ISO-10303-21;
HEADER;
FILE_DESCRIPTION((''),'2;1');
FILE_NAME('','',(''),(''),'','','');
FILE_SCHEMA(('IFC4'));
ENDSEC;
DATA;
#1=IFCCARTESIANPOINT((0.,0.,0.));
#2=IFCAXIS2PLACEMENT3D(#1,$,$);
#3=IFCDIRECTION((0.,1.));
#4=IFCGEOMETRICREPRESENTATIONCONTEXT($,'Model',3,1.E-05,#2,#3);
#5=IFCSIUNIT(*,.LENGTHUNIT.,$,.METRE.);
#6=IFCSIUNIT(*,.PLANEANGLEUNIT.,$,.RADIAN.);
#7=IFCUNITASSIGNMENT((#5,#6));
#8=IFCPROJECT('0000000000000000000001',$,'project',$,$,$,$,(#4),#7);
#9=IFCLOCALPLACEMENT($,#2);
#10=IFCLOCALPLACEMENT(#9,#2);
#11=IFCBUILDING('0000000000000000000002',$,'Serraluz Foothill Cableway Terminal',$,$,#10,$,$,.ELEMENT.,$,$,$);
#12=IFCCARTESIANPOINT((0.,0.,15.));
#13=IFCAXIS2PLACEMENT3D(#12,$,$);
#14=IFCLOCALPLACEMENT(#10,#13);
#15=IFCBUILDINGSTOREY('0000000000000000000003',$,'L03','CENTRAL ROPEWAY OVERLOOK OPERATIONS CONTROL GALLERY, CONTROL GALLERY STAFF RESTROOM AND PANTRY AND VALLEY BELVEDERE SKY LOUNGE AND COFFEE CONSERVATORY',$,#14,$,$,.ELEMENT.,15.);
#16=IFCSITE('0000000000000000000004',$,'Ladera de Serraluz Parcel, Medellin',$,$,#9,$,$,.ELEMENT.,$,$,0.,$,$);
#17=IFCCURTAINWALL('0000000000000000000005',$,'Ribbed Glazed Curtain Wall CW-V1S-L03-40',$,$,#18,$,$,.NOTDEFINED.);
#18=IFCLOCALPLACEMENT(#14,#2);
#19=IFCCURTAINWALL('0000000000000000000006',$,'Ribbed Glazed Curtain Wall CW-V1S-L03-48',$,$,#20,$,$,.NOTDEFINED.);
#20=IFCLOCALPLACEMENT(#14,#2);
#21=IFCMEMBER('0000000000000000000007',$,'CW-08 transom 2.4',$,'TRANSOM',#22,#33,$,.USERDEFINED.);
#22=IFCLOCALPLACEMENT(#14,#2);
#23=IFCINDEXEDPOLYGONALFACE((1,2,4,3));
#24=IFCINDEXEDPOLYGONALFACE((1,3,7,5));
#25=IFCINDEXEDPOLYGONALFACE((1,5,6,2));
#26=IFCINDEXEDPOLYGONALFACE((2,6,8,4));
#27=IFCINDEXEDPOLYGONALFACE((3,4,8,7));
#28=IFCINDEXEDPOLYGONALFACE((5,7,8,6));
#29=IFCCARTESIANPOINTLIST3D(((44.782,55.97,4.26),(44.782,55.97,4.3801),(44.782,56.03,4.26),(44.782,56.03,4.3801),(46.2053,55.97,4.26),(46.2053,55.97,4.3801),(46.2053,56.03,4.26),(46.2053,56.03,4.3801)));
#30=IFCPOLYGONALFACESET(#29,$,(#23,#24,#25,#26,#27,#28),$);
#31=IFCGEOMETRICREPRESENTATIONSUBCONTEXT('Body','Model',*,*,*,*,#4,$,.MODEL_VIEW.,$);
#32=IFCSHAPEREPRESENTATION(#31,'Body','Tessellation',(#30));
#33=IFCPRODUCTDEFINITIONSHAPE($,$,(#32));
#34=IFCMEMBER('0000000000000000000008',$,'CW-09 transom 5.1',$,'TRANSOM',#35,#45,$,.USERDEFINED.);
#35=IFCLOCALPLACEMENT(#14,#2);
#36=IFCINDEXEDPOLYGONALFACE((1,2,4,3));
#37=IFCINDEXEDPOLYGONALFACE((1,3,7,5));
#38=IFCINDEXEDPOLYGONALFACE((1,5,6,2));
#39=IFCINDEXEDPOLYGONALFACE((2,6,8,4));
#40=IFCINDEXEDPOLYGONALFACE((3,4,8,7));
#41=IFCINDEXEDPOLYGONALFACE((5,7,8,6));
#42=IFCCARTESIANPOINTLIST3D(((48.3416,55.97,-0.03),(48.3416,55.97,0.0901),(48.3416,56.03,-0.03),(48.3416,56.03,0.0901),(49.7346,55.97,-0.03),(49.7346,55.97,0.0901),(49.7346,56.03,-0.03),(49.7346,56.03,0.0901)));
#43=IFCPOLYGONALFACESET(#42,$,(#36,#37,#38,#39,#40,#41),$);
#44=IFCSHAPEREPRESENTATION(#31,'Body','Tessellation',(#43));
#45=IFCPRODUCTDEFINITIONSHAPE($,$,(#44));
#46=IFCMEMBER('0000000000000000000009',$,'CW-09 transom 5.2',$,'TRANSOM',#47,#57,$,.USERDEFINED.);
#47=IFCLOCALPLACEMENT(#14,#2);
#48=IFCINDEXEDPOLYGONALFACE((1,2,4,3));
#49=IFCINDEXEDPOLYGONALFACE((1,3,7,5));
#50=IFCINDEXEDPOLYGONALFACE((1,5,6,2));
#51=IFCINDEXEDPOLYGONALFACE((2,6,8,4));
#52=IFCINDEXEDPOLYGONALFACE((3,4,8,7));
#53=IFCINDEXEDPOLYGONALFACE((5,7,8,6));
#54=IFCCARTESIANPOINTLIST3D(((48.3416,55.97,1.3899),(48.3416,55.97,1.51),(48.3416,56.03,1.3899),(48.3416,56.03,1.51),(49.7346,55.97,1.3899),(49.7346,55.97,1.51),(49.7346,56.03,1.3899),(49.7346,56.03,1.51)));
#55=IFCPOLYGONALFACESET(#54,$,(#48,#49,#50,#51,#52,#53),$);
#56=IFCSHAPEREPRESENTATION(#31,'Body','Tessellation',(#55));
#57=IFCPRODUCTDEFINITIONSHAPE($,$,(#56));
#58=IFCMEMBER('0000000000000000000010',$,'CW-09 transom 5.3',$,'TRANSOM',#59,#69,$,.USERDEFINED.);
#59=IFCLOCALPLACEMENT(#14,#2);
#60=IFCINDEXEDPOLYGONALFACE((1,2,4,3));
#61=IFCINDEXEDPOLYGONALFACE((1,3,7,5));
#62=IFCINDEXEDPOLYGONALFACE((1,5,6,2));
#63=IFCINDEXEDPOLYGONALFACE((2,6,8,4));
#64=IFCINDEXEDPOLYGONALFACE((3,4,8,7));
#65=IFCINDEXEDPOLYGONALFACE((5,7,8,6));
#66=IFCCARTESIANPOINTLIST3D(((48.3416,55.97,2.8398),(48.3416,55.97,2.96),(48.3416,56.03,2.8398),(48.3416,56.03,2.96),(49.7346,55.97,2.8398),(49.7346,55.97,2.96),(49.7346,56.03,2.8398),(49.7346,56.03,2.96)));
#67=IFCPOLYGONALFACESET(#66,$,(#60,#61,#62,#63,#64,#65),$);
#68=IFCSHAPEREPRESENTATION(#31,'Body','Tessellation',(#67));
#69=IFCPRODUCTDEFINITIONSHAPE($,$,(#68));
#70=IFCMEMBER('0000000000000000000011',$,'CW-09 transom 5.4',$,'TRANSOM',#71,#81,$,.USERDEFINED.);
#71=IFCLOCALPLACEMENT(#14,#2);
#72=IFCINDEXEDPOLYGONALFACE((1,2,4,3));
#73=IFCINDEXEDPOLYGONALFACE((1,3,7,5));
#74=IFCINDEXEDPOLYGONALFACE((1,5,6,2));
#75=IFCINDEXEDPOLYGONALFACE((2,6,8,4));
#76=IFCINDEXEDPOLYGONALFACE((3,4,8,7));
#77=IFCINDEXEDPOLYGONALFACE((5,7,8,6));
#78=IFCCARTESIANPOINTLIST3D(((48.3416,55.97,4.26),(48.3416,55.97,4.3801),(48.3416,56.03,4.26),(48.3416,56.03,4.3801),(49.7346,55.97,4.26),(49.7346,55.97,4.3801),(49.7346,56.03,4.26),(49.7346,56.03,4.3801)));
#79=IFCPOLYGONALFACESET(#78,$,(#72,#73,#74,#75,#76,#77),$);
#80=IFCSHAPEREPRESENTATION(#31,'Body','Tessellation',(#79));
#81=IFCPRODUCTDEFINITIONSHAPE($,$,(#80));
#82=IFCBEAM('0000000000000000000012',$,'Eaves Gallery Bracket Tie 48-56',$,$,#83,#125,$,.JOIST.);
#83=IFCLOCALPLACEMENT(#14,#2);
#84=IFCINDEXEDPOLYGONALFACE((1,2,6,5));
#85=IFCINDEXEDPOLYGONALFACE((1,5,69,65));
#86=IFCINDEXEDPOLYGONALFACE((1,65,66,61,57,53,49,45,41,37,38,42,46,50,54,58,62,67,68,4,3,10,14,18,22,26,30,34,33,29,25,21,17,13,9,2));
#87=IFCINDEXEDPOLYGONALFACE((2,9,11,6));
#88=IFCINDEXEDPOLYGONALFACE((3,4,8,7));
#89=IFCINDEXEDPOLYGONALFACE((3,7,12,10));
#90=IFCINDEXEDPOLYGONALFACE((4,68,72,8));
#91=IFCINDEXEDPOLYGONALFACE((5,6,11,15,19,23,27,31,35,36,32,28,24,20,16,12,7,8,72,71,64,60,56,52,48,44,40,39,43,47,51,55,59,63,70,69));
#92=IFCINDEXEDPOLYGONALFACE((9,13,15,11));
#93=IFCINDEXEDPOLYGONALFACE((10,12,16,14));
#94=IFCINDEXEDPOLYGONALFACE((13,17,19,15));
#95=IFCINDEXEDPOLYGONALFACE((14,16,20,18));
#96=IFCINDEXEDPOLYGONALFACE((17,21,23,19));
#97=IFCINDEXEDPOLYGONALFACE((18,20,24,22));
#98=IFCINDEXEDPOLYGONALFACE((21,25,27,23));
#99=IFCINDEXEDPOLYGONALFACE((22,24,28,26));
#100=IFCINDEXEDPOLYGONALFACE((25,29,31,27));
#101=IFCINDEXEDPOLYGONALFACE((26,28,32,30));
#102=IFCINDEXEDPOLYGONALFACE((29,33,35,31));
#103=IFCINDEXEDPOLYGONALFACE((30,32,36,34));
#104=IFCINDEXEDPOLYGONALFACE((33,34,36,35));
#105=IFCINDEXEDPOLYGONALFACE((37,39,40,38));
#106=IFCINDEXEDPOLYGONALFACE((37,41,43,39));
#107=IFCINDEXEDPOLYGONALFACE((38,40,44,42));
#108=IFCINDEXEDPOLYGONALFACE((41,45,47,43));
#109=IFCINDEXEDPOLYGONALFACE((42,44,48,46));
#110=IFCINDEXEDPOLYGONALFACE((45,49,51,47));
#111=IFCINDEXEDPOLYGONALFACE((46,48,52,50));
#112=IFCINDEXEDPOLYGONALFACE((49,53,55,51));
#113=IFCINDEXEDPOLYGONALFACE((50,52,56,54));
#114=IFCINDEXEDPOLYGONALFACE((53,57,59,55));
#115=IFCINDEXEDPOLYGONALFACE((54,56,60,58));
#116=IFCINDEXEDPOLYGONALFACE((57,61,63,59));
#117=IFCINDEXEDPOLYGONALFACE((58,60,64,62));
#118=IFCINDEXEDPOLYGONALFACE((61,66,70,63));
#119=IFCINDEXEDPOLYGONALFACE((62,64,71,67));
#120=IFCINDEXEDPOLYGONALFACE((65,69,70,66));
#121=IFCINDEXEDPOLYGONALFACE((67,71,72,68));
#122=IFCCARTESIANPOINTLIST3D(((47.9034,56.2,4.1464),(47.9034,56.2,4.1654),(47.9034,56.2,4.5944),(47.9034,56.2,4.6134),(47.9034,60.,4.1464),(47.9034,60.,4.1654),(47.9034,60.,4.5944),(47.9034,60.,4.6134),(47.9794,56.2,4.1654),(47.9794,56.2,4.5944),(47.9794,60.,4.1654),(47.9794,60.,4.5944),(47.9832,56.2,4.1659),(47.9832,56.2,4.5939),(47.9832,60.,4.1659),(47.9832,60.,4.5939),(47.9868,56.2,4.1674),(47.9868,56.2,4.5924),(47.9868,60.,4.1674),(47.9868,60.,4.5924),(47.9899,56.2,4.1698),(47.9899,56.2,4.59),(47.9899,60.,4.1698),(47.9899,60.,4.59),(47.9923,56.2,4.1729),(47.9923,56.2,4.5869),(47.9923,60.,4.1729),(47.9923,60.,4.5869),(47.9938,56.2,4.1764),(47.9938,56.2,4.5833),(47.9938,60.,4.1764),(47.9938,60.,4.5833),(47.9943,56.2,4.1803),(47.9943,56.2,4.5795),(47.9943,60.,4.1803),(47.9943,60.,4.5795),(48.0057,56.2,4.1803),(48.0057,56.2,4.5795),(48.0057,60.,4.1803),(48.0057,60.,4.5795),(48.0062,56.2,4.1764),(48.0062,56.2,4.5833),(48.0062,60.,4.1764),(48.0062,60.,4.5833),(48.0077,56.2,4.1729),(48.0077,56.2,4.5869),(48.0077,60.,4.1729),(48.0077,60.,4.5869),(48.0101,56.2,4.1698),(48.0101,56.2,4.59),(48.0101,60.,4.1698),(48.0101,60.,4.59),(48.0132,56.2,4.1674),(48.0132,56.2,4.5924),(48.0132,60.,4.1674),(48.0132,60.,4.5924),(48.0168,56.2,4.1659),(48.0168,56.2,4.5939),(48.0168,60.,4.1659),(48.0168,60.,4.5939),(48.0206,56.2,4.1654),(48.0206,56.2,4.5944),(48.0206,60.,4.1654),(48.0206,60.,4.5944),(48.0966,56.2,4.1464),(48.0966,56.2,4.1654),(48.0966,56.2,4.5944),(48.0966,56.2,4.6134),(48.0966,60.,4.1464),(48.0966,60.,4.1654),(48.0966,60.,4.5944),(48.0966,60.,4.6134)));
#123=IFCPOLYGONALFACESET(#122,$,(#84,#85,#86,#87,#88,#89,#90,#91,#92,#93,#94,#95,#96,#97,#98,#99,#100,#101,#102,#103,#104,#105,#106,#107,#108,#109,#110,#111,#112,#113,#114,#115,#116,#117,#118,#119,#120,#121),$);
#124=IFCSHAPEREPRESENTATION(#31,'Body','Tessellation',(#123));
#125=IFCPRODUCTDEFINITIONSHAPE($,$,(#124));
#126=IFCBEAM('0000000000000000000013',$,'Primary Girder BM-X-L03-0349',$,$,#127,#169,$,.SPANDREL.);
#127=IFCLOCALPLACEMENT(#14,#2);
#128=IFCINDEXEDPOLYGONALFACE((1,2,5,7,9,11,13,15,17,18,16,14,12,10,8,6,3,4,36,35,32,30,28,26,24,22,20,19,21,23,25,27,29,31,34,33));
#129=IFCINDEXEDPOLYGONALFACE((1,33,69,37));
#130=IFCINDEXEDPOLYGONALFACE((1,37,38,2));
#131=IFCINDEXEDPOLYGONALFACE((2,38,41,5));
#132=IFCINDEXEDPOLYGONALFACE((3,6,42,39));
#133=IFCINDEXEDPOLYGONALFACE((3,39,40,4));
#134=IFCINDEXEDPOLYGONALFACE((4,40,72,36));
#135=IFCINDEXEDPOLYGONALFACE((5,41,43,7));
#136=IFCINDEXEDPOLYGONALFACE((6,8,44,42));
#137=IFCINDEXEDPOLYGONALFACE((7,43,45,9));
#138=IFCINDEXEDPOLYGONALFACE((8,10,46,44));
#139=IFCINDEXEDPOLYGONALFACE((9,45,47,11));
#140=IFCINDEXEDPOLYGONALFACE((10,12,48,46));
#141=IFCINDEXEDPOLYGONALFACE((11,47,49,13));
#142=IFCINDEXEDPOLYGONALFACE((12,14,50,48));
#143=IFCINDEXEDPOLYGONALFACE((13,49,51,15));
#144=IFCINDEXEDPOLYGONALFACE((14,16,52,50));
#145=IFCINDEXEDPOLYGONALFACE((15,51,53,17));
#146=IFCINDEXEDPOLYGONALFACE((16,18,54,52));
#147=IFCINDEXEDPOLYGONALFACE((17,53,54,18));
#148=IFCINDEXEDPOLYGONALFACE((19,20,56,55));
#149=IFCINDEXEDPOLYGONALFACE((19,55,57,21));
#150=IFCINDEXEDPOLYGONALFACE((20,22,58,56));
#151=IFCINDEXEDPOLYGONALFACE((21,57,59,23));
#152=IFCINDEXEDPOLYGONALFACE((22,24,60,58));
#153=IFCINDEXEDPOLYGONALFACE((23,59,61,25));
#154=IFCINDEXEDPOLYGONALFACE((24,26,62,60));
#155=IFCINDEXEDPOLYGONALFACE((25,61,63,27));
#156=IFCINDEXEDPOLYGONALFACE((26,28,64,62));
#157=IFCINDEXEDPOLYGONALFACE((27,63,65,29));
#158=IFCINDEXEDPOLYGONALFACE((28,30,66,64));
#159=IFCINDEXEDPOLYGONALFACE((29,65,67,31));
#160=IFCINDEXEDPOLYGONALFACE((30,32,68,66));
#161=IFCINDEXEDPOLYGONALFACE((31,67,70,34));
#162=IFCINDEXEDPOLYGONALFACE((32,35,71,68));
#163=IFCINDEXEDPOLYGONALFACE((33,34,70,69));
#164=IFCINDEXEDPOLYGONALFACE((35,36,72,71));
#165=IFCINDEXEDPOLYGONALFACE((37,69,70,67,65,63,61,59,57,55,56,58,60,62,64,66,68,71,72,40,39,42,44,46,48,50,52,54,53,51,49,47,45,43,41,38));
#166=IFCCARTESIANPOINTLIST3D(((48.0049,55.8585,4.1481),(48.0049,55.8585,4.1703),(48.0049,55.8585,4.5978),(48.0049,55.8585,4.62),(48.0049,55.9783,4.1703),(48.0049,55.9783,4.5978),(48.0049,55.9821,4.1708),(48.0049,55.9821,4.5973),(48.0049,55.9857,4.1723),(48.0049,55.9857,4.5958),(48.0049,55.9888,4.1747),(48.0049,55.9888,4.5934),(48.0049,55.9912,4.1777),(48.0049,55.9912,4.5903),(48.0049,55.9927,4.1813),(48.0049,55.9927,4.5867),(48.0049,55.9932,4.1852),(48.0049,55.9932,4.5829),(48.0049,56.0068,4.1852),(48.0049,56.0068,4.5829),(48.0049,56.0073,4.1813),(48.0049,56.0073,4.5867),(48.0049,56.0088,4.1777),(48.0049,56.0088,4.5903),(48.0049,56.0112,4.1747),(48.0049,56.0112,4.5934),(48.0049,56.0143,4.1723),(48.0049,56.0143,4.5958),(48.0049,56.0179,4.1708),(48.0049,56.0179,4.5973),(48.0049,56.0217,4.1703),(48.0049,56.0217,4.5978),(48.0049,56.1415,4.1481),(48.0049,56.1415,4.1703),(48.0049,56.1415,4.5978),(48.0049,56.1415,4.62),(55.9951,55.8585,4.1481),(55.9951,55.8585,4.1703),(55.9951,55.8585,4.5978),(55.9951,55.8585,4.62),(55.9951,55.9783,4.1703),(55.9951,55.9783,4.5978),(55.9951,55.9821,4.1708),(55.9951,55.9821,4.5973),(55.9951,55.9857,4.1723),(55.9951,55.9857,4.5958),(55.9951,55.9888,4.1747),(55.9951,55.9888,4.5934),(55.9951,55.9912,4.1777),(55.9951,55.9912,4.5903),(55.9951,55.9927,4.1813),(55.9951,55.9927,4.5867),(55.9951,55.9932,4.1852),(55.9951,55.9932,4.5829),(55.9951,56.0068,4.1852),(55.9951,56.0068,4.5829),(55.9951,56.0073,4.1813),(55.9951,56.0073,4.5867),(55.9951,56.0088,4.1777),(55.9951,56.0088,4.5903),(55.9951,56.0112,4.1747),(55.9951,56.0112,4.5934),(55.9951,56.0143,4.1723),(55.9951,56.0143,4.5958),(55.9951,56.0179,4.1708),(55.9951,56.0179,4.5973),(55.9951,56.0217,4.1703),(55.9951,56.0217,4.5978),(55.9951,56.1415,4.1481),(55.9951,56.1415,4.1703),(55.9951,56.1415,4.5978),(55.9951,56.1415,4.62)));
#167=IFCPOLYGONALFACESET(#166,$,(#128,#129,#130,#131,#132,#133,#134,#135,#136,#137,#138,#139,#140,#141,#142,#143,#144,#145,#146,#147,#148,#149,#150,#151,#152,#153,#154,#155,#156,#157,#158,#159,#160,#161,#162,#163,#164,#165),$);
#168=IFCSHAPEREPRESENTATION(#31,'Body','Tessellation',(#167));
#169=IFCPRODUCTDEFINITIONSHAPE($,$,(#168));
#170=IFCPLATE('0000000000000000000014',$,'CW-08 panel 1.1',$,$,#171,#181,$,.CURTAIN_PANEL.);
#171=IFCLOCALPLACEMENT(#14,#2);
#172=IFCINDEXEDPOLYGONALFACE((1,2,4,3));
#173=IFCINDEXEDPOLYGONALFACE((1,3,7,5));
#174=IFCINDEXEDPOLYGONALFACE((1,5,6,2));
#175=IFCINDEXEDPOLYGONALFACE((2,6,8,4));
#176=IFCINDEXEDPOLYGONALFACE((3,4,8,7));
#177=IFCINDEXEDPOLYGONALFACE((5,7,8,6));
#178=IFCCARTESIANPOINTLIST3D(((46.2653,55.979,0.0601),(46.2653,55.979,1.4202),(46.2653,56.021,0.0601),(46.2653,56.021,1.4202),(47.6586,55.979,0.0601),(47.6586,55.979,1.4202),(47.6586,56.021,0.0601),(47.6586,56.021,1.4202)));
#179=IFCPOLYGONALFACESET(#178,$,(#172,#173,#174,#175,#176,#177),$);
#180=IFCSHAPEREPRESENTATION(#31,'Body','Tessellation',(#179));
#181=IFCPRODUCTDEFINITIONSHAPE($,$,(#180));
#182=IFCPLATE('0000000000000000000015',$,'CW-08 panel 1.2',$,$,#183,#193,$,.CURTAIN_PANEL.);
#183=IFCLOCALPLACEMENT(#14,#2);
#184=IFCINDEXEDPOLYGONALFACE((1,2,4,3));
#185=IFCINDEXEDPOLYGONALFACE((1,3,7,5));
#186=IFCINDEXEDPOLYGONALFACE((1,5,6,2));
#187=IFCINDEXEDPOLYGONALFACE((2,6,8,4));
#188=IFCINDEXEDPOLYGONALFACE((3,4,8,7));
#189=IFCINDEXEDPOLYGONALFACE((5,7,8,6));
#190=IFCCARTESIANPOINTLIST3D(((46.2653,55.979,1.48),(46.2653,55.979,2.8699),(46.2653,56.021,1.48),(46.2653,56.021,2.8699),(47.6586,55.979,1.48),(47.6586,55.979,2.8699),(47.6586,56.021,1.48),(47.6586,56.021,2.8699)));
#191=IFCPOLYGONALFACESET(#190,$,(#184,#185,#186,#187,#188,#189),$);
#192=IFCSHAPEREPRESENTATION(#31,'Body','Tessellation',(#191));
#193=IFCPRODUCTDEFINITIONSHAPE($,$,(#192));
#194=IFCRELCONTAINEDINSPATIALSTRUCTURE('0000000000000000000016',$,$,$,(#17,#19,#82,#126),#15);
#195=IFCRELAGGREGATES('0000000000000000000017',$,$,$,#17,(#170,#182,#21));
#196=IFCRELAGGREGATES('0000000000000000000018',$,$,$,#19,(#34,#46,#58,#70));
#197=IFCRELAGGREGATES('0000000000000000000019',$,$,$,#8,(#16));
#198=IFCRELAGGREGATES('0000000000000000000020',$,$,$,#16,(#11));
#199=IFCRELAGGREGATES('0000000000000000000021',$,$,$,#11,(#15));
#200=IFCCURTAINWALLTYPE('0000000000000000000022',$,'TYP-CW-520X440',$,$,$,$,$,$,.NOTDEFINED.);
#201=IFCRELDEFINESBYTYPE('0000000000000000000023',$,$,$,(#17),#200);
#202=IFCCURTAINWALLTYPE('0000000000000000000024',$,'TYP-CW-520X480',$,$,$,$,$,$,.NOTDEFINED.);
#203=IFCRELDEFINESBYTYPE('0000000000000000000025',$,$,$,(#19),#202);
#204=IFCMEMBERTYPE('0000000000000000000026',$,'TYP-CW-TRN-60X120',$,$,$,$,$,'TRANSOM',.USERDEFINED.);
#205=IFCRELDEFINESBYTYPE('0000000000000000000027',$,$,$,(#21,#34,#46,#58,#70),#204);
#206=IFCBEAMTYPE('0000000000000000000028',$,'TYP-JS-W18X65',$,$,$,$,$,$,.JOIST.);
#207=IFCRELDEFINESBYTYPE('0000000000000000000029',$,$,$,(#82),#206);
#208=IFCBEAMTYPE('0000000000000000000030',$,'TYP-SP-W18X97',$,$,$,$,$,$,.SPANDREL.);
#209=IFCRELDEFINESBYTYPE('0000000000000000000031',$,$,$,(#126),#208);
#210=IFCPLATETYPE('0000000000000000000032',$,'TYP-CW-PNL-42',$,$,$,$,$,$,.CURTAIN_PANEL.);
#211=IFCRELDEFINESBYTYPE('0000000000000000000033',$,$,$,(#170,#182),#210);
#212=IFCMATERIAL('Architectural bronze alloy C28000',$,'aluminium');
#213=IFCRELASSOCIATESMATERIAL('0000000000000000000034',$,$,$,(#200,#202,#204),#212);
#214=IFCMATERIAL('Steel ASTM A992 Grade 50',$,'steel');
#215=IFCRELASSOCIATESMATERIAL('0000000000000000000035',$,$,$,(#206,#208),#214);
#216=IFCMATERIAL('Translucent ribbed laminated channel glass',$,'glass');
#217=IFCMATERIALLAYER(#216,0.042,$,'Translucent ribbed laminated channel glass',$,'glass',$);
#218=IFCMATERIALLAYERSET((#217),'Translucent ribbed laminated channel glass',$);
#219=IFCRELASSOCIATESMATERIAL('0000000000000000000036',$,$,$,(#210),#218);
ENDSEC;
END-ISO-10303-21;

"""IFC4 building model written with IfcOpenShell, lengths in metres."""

from ifc_helpers import new_model, si_unit, direction, frame, origin, origin_2d, place, context, subcontext, project, spatial, rectangle, i_section, extrude, material, layer, layer_set, material_profile, profile_set, type_object, element, aggregate, save


model = new_model("IFC4")

# Units and contexts
model_context = context("Model", 3, precision=1e-05, world=origin(), true_north=direction((0.0, 1.0)))
body_context = subcontext(model_context, "Body", "Model", "MODEL_VIEW")
ifc_project = project(units=[si_unit("LENGTHUNIT", "METRE"), si_unit("PLANEANGLEUNIT", "RADIAN")], contexts=[model_context])

# Site, building, storey
site_placement = place(None, origin())
site = spatial("IfcSite", under=ifc_project, at=site_placement, Name="Ladera de Serraluz Parcel, Medellin", CompositionType="ELEMENT", RefElevation=0.0)
building_placement = place(site_placement, origin())
building = spatial("IfcBuilding", under=site, at=building_placement, Name="Serraluz Foothill Cableway Terminal", CompositionType="ELEMENT")
storey_placement = place(building_placement, frame((0.0, 0.0, 15.0)))
storey = spatial("IfcBuildingStorey", under=building, at=storey_placement, Name="L03", Description="CENTRAL ROPEWAY OVERLOOK OPERATIONS CONTROL GALLERY, CONTROL GALLERY STAFF RESTROOM AND PANTRY AND VALLEY BELVEDERE SKY LOUNGE AND COFFEE CONSERVATORY", CompositionType="ELEMENT", Elevation=15.0)

# Shared definitions
ifc_material_1 = material(Name="Steel ASTM A992 Grade 50", Category="steel")

# Curtain walls
ifc_material_2 = material(Name="Architectural bronze alloy C28000", Category="aluminium")
curtain_wall_type_1 = type_object("IfcCurtainWallType", Name="TYP-CW-520X440", PredefinedType="NOTDEFINED", material=ifc_material_2)
curtain_wall_1_placement = place(storey_placement, origin())
curtain_wall_1 = element("IfcCurtainWall", 1, at=curtain_wall_1_placement, inside=storey, type_object=curtain_wall_type_1, Name="Ribbed Glazed Curtain Wall CW-V1S-L03-40", PredefinedType="NOTDEFINED")
curtain_wall_type_2 = type_object("IfcCurtainWallType", Name="TYP-CW-520X480", PredefinedType="NOTDEFINED", material=ifc_material_2)
curtain_wall_2_placement = place(storey_placement, origin())
curtain_wall_2 = element("IfcCurtainWall", 2, at=curtain_wall_2_placement, inside=storey, type_object=curtain_wall_type_2, Name="Ribbed Glazed Curtain Wall CW-V1S-L03-48", PredefinedType="NOTDEFINED")

# Members
ifc_material_profile_1 = material_profile(ifc_material_2, rectangle(XDim=0.0601, YDim=0.1201, at=origin_2d()), Name="ALU TRANSOM 60x120")
ifc_profile_set_1 = profile_set([ifc_material_profile_1], Name="Architectural bronze alloy C28000")
member_type_1 = type_object("IfcMemberType", Name="TYP-CW-TRN-60X120", ElementType="TRANSOM", PredefinedType="USERDEFINED", material=ifc_profile_set_1)
member_1_placement = place(storey_placement, frame((46.2053, 56.0, 4.3201), z_axis=(-1.0, 0.0, 0.0), x_axis=(0.0, -1.0, 0.0)))
member_1 = element("IfcMember", 3, at=member_1_placement, type_object=member_type_1, Name="CW-08 transom 2.4", ObjectType="TRANSOM", PredefinedType="USERDEFINED", context=body_context, shape_type="SweptSolid", body=[
    extrude(rectangle(XDim=0.0601, YDim=0.1201, at=origin_2d()), origin(), (0.0, 0.0, 1.0), 1.4233),
])
member_2_placement = place(storey_placement, frame((49.7346, 56.0, 0.03), z_axis=(-1.0, 0.0, 0.0), x_axis=(0.0, -1.0, 0.0)))
member_2 = element("IfcMember", 4, at=member_2_placement, type_object=member_type_1, Name="CW-09 transom 5.1", ObjectType="TRANSOM", PredefinedType="USERDEFINED", context=body_context, shape_type="SweptSolid", body=[
    extrude(rectangle(XDim=0.0601, YDim=0.1201, at=origin_2d()), origin(), (0.0, 0.0, 1.0), 1.3931),
])
member_3_placement = place(storey_placement, frame((49.7346, 56.0, 1.45), z_axis=(-1.0, 0.0, 0.0), x_axis=(0.0, -1.0, 0.0)))
member_3 = element("IfcMember", 5, at=member_3_placement, type_object=member_type_1, Name="CW-09 transom 5.2", ObjectType="TRANSOM", PredefinedType="USERDEFINED", context=body_context, shape_type="SweptSolid", body=[
    extrude(rectangle(XDim=0.0601, YDim=0.1201, at=origin_2d()), origin(), (0.0, 0.0, 1.0), 1.3931),
])
member_4_placement = place(storey_placement, frame((49.7346, 56.0, 2.8999), z_axis=(-1.0, 0.0, 0.0), x_axis=(0.0, -1.0, 0.0)))
member_4 = element("IfcMember", 6, at=member_4_placement, type_object=member_type_1, Name="CW-09 transom 5.3", ObjectType="TRANSOM", PredefinedType="USERDEFINED", context=body_context, shape_type="SweptSolid", body=[
    extrude(rectangle(XDim=0.0601, YDim=0.1201, at=origin_2d()), origin(), (0.0, 0.0, 1.0), 1.3931),
])
member_5_placement = place(storey_placement, frame((49.7346, 56.0, 4.3201), z_axis=(-1.0, 0.0, 0.0), x_axis=(0.0, -1.0, 0.0)))
member_5 = element("IfcMember", 7, at=member_5_placement, type_object=member_type_1, Name="CW-09 transom 5.4", ObjectType="TRANSOM", PredefinedType="USERDEFINED", context=body_context, shape_type="SweptSolid", body=[
    extrude(rectangle(XDim=0.0601, YDim=0.1201, at=origin_2d()), origin(), (0.0, 0.0, 1.0), 1.3931),
])

# Beams
ifc_material_profile_2 = material_profile(ifc_material_1, i_section(OverallWidth=0.1931, OverallDepth=0.467, WebThickness=0.0115, FlangeThickness=0.019, FilletRadius=0.0149, at=origin_2d()), Name="W18X65")
ifc_profile_set_2 = profile_set([ifc_material_profile_2], Name="Steel ASTM A992 Grade 50")
beam_type_1 = type_object("IfcBeamType", Name="TYP-JS-W18X65", PredefinedType="JOIST", material=ifc_profile_set_2)
beam_1_placement = place(storey_placement, frame((48.0, 56.2, 4.3799), z_axis=(0.0, 1.0, 0.0), x_axis=(-1.0, 0.0, 0.0)))
element("IfcBeam", 8, at=beam_1_placement, inside=storey, type_object=beam_type_1, Name="Eaves Gallery Bracket Tie 48-56", PredefinedType="JOIST", context=body_context, shape_type="SweptSolid", body=[
    extrude(i_section(OverallWidth=0.1931, OverallDepth=0.467, WebThickness=0.0115, FlangeThickness=0.019, FilletRadius=0.0149, at=origin_2d()), origin(), (0.0, 0.0, 1.0), 3.8),
])
ifc_material_profile_3 = material_profile(ifc_material_1, i_section(OverallWidth=0.283, OverallDepth=0.4719, WebThickness=0.0137, FlangeThickness=0.0222, FilletRadius=0.0149, at=origin_2d()), Name="W18X97")
ifc_profile_set_3 = profile_set([ifc_material_profile_3], Name="Steel ASTM A992 Grade 50")
beam_type_2 = type_object("IfcBeamType", Name="TYP-SP-W18X97", PredefinedType="SPANDREL", material=ifc_profile_set_3)
beam_2_placement = place(storey_placement, frame((48.0049, 56.0, 4.384), z_axis=(1.0, 0.0, 0.0), x_axis=(0.0, 1.0, 0.0)))
element("IfcBeam", 9, at=beam_2_placement, inside=storey, type_object=beam_type_2, Name="Primary Girder BM-X-L03-0349", PredefinedType="SPANDREL", context=body_context, shape_type="SweptSolid", body=[
    extrude(i_section(OverallWidth=0.283, OverallDepth=0.4719, WebThickness=0.0137, FlangeThickness=0.0222, FilletRadius=0.0149, at=origin_2d()), origin(), (0.0, 0.0, 1.0), 7.9902),
])

# Plates
ifc_material_3 = material(Name="Translucent ribbed laminated channel glass", Category="glass")
ifc_layer_1 = layer(ifc_material_3, 0.042, Name="Translucent ribbed laminated channel glass", Category="glass")
ifc_layer_set_1 = layer_set([ifc_layer_1], Name="Translucent ribbed laminated channel glass")
plate_type = type_object("IfcPlateType", Name="TYP-CW-PNL-42", PredefinedType="CURTAIN_PANEL", material=ifc_layer_set_1)
plate_1_placement = place(storey_placement, frame((46.9619, 56.0, 0.0601), z_axis=(0.0, 0.0, 1.0), x_axis=(-1.0, 0.0, 0.0)))
plate_1 = element("IfcPlate", 10, at=plate_1_placement, type_object=plate_type, Name="CW-08 panel 1.1", PredefinedType="CURTAIN_PANEL", context=body_context, shape_type="SweptSolid", body=[
    extrude(rectangle(XDim=1.3933, YDim=0.042, at=origin_2d()), origin(), (0.0, 0.0, 1.0), 1.3601),
])
plate_2_placement = place(storey_placement, frame((46.9619, 56.0, 1.48), z_axis=(0.0, 0.0, 1.0), x_axis=(-1.0, 0.0, 0.0)))
plate_2 = element("IfcPlate", 11, at=plate_2_placement, type_object=plate_type, Name="CW-08 panel 1.2", PredefinedType="CURTAIN_PANEL", context=body_context, shape_type="SweptSolid", body=[
    extrude(rectangle(XDim=1.3933, YDim=0.042, at=origin_2d()), origin(), (0.0, 0.0, 1.0), 1.3899),
])
aggregate(curtain_wall_1, [plate_1, plate_2, member_1])
aggregate(curtain_wall_2, [member_2, member_3, member_4, member_5])

save(model, "model.ifc")
